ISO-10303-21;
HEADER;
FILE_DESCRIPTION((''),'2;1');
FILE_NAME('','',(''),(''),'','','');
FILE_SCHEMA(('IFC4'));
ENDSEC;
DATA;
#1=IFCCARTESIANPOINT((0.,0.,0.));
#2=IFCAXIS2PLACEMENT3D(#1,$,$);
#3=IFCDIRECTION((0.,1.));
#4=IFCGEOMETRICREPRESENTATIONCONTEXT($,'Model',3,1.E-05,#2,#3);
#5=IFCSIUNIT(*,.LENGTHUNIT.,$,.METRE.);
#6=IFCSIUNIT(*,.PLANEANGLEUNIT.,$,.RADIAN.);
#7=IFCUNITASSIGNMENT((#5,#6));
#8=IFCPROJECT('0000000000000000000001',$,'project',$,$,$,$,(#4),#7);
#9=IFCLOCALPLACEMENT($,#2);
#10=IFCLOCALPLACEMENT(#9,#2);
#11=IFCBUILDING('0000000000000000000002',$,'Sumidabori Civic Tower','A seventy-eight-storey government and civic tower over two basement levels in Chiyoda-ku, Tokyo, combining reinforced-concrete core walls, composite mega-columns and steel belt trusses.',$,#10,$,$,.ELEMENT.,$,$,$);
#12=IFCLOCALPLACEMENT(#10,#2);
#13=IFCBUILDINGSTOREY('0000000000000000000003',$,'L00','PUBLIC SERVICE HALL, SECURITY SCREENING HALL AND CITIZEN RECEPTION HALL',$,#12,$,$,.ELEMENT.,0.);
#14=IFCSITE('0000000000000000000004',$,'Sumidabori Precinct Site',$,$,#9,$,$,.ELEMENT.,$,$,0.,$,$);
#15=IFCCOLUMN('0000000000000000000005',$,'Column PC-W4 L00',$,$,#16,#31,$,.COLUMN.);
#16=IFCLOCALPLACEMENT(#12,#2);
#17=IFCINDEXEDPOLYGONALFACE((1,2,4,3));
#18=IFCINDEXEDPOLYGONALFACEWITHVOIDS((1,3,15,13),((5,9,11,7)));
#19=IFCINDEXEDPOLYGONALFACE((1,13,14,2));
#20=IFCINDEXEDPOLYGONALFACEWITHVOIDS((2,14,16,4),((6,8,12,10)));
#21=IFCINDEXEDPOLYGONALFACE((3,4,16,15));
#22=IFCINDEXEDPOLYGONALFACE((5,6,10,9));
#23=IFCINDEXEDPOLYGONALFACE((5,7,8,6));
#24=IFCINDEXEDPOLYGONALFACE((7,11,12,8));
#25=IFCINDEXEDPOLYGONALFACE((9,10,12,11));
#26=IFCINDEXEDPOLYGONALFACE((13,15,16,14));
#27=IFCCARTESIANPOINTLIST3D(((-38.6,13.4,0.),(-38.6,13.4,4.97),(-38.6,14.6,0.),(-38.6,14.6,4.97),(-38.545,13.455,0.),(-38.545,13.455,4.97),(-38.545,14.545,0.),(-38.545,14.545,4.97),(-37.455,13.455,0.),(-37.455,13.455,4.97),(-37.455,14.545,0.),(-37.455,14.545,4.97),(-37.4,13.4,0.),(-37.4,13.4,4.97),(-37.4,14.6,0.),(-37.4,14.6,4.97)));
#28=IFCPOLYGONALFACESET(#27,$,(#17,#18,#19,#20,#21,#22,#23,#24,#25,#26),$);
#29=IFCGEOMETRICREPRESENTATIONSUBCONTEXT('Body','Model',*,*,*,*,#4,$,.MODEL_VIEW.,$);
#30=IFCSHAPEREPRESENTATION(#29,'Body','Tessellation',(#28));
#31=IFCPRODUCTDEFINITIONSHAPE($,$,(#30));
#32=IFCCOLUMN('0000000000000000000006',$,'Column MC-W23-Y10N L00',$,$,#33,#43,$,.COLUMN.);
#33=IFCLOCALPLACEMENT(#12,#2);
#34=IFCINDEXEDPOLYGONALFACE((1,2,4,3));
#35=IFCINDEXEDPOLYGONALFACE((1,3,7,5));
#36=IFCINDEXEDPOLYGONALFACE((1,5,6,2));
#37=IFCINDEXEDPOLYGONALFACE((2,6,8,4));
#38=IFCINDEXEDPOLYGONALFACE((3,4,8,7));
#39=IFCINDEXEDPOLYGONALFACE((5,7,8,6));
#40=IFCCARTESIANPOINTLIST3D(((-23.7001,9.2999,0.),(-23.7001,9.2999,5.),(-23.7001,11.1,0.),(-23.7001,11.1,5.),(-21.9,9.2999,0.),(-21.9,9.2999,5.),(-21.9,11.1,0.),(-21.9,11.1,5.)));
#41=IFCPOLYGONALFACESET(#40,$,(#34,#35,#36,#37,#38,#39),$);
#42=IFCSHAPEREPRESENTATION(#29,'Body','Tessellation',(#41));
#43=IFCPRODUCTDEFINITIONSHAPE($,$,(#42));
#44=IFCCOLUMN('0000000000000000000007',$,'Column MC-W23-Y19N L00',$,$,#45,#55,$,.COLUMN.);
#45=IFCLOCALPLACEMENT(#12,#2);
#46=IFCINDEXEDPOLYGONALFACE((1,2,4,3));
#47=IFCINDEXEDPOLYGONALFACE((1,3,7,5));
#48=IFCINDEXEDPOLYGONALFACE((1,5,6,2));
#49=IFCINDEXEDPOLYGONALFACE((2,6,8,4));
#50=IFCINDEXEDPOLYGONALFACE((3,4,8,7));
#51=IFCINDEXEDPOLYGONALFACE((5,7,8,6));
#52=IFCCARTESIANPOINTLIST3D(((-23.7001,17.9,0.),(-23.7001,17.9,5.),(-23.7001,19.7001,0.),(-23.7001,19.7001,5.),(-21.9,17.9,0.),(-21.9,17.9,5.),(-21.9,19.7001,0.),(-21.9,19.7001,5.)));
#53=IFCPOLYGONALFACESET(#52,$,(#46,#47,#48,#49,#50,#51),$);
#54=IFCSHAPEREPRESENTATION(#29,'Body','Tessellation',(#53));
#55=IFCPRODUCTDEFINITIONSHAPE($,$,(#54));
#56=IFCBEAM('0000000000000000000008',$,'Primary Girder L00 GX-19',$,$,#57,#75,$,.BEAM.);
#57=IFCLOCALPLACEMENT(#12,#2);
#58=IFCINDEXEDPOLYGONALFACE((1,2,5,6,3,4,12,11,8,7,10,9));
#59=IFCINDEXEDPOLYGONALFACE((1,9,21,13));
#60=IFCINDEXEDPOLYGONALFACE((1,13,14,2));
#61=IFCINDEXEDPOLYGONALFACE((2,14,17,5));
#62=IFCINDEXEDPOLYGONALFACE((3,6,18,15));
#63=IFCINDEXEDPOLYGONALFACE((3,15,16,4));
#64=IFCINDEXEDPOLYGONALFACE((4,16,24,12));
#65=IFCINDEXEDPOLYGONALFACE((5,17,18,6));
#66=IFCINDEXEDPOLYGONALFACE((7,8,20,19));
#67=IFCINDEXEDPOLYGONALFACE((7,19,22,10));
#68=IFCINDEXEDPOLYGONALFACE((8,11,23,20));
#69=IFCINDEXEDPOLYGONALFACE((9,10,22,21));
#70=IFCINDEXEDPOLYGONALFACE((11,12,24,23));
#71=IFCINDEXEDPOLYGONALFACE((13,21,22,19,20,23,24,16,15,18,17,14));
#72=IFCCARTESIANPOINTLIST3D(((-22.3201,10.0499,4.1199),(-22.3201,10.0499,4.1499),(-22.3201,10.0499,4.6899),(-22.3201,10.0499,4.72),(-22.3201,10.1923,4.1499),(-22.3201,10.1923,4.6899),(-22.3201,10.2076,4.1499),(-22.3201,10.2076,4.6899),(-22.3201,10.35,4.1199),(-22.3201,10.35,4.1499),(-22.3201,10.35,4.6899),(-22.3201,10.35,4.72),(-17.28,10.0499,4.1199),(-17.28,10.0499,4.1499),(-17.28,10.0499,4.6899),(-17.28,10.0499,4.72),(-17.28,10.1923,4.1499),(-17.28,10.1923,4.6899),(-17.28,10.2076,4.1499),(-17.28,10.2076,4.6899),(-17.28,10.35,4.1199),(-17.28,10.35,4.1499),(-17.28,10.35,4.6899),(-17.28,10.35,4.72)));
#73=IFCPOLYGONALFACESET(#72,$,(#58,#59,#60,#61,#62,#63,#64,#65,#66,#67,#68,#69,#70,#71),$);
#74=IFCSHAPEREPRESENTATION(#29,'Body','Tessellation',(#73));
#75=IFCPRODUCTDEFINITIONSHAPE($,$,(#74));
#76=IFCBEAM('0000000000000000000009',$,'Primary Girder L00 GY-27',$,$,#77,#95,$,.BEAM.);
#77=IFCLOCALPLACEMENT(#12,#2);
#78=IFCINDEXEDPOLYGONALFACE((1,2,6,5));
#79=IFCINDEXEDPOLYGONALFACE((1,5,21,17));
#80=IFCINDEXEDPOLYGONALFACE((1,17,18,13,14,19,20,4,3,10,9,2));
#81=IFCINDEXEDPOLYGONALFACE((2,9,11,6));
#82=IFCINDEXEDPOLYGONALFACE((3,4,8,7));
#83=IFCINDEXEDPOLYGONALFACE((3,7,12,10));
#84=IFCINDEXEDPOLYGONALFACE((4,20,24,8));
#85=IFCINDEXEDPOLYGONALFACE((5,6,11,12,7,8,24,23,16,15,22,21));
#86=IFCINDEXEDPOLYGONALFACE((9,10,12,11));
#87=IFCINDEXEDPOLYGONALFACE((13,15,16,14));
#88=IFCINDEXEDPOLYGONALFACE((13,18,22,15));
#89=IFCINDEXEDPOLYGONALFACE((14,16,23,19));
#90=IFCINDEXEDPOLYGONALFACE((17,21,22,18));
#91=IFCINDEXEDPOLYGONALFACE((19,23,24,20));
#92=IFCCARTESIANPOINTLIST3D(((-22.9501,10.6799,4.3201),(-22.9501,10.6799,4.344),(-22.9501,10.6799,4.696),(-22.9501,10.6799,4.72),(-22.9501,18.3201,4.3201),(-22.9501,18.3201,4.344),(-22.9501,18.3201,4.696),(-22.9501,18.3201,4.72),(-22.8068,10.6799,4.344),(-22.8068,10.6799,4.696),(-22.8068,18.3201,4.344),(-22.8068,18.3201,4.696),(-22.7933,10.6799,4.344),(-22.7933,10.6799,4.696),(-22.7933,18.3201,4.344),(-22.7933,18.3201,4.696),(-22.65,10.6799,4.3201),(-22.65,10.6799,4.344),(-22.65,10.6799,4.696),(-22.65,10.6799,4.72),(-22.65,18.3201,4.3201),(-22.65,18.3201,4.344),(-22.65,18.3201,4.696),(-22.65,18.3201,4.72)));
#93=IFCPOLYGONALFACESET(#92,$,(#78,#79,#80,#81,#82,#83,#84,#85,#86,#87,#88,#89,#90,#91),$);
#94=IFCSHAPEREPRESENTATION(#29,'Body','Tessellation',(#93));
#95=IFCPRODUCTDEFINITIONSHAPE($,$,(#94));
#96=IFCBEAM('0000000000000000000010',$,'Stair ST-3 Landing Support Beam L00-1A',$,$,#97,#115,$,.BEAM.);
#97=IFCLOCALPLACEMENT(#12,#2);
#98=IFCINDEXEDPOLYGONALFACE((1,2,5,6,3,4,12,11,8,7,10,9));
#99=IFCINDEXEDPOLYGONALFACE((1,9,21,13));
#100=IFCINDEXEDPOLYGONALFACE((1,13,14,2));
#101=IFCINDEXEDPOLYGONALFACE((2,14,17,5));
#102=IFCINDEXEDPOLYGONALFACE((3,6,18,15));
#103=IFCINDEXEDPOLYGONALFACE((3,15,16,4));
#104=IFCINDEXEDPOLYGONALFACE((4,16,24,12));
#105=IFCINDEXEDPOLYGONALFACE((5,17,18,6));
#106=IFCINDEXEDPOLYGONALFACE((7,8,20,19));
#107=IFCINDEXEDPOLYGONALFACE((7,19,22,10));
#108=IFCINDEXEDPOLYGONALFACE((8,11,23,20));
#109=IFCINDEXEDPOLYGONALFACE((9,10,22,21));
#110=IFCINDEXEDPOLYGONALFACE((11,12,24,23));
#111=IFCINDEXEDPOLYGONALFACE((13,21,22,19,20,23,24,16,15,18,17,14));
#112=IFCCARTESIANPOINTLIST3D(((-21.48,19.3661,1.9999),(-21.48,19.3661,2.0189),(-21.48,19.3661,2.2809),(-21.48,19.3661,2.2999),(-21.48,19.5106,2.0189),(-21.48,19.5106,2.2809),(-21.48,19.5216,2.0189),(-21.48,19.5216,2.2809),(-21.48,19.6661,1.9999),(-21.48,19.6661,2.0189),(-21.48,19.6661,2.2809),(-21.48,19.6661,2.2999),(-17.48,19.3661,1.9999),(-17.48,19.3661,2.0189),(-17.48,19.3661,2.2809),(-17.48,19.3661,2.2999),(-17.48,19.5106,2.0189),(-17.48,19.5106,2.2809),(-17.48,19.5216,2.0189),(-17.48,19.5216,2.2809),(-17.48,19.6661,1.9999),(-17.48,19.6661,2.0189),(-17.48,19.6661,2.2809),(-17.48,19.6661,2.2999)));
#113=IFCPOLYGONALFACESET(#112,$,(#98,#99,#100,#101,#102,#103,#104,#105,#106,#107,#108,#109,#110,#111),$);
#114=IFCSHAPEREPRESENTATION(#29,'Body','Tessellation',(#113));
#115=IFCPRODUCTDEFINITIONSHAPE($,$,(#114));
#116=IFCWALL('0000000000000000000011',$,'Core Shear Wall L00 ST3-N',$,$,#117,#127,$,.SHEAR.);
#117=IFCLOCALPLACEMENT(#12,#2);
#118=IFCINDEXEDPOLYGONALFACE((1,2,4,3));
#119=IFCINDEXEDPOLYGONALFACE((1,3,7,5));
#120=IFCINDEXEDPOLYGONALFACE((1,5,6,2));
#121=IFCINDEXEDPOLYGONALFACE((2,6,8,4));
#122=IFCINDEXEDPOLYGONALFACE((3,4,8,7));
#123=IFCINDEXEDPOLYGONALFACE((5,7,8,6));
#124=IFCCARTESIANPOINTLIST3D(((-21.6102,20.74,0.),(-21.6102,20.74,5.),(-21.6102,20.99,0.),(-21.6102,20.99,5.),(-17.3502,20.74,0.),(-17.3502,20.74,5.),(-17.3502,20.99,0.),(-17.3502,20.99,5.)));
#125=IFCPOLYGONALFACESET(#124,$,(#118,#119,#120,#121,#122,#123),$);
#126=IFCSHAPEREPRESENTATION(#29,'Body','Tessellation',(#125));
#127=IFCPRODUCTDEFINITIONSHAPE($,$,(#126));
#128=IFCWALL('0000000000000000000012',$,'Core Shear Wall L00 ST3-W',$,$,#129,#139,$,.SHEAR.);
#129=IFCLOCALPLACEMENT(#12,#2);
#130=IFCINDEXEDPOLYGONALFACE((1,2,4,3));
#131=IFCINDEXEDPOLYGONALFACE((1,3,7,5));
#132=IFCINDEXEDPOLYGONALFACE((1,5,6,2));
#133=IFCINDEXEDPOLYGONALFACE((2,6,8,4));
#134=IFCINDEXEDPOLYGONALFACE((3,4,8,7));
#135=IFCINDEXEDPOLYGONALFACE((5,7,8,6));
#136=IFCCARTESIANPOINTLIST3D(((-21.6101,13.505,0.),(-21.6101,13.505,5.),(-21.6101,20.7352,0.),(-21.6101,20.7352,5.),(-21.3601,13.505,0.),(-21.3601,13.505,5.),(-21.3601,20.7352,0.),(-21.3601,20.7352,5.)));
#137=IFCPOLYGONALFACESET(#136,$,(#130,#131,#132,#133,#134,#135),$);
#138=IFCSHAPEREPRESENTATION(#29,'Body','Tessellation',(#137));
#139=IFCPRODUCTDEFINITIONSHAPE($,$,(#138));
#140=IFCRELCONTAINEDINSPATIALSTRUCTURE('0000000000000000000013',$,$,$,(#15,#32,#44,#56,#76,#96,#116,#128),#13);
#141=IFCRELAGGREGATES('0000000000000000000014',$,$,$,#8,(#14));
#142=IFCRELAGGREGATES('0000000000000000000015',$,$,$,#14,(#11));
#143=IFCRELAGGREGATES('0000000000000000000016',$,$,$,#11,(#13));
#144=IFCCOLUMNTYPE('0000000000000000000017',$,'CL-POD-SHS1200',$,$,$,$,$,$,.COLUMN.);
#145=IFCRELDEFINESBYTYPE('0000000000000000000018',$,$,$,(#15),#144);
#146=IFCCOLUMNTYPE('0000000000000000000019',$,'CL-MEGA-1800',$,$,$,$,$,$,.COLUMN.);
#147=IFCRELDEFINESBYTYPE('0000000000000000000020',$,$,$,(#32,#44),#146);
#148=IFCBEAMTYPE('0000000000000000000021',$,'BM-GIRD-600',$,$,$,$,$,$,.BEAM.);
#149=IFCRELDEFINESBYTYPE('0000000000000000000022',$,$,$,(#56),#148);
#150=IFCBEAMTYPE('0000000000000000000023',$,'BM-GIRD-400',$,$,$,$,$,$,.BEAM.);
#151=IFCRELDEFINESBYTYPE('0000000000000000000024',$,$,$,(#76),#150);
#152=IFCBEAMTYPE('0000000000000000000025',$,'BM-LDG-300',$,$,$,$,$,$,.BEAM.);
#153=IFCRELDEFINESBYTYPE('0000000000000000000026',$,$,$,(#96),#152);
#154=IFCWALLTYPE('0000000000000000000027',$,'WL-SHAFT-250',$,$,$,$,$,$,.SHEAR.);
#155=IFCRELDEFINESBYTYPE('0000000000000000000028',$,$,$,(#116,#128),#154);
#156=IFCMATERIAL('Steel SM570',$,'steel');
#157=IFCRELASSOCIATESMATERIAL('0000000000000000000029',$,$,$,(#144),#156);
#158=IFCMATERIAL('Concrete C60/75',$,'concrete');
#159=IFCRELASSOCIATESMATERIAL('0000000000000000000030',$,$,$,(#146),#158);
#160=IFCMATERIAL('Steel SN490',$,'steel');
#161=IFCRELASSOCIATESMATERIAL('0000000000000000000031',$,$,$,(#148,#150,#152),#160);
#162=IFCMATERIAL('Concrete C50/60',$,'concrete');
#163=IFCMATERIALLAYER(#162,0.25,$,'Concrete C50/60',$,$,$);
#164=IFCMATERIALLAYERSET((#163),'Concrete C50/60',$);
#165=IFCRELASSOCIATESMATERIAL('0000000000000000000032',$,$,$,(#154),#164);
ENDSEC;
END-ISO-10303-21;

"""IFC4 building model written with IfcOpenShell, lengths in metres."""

from ifc_helpers import new_model, si_unit, direction, frame, frame_2d, origin, origin_2d, place, context, subcontext, project, spatial, rectangle, hollow_rectangle, i_section, extrude, source, transform, mapped, material, layer, layer_set, material_profile, profile_set, type_object, element, save


model = new_model("IFC4")

# Units and contexts
model_context = context("Model", 3, precision=1e-05, world=origin(), true_north=direction((0.0, 1.0)))
body_context = subcontext(model_context, "Body", "Model", "MODEL_VIEW")
ifc_project = project(units=[si_unit("LENGTHUNIT", "METRE"), si_unit("PLANEANGLEUNIT", "RADIAN")], contexts=[model_context])

# Site, building, storey
site_placement = place(None, origin())
site = spatial("IfcSite", under=ifc_project, at=site_placement, Name="Sumidabori Precinct Site", CompositionType="ELEMENT", RefElevation=0.0)
building_placement = place(site_placement, origin())
building = spatial("IfcBuilding", under=site, at=building_placement, Name="Sumidabori Civic Tower", Description="A seventy-eight-storey government and civic tower over two basement levels in Chiyoda-ku, Tokyo, combining reinforced-concrete core walls, composite mega-columns and steel belt trusses.", CompositionType="ELEMENT")
storey_placement = place(building_placement, origin())
storey = spatial("IfcBuildingStorey", under=building, at=storey_placement, Name="L00", Description="PUBLIC SERVICE HALL, SECURITY SCREENING HALL AND CITIZEN RECEPTION HALL", CompositionType="ELEMENT", Elevation=0.0)

# Columns
ifc_material_1 = material(Name="Steel SM570", Category="steel")
ifc_material_profile_1 = material_profile(ifc_material_1, hollow_rectangle(XDim=1.2, YDim=1.2, WallThickness=0.0549, at=origin_2d()), Name="SHS 1200x1200x55")
ifc_profile_set_1 = profile_set([ifc_material_profile_1], Name="Steel SM570")
column_type_1 = type_object("IfcColumnType", Name="CL-POD-SHS1200", PredefinedType="COLUMN", material=ifc_profile_set_1)
shared_shape_1 = source(origin(), body_context, "Body", "SweptSolid", [
    extrude(hollow_rectangle(XDim=1.2, YDim=1.2, WallThickness=0.0549, at=origin_2d()), origin(), (0.0, 0.0, 1.0), 4.97),
])
column_placement = place(storey_placement, frame((-38.0, 14.0, 0.0), z_axis=(0.0, 0.0, 1.0), x_axis=(1.0, 0.0, 0.0)))
element("IfcColumn", 1, at=column_placement, inside=storey, type_object=column_type_1, Name="Column PC-W4 L00", PredefinedType="COLUMN", context=body_context, shape_type="MappedRepresentation", body=[
    mapped(shared_shape_1, transform((0.0, 0.0, 0.0), x_axis=(1.0, 0.0, 0.0), y_axis=(0.0, 1.0, 0.0), z_axis=(0.0, 0.0, 1.0), scale=1.0)),
])
ifc_material_2 = material(Name="Concrete C60/75", Category="concrete")
ifc_material_profile_2 = material_profile(ifc_material_2, rectangle(XDim=1.8, YDim=1.8, at=origin_2d()), Name="RC 1800x1800")
ifc_profile_set_2 = profile_set([ifc_material_profile_2], Name="Concrete C60/75")
column_type_2 = type_object("IfcColumnType", Name="CL-MEGA-1800", PredefinedType="COLUMN", material=ifc_profile_set_2)
shared_shape_2 = source(origin(), body_context, "Body", "SweptSolid", [
    extrude(rectangle(XDim=1.8, YDim=1.8, at=origin_2d()), origin(), (0.0, 0.0, 1.0), 5.0),
])
for number, where, z_axis, x_axis, name in (
    (2, (-22.8, 10.2, 0.0), (0.0, 0.0, 1.0), (1.0, 0.0, 0.0), "Column MC-W23-Y10N L00"),
    (3, (-22.8, 18.8, 0.0), (0.0, 0.0, 1.0), (1.0, 0.0, 0.0), "Column MC-W23-Y19N L00"),
):
    element("IfcColumn", number, at=place(storey_placement, frame(where, z_axis=z_axis, x_axis=x_axis)), inside=storey, type_object=column_type_2, Name=name, PredefinedType="COLUMN", context=body_context, shape_type="MappedRepresentation", body=[
        mapped(shared_shape_2, transform((0.0, 0.0, 0.0), x_axis=(1.0, 0.0, 0.0), y_axis=(0.0, 1.0, 0.0), z_axis=(0.0, 0.0, 1.0), scale=1.0)),
    ])

# Beams
ifc_material_3 = material(Name="Steel SN490", Category="steel")
ifc_material_profile_3 = material_profile(ifc_material_3, i_section(OverallWidth=0.3, OverallDepth=0.6001, WebThickness=0.0154, FlangeThickness=0.03, at=origin_2d()), Name="HE 600 B")
ifc_profile_set_3 = profile_set([ifc_material_profile_3], Name="Steel SN490")
beam_type_1 = type_object("IfcBeamType", Name="BM-GIRD-600", PredefinedType="BEAM", material=ifc_profile_set_3)
shared_shape_3 = source(origin(), body_context, "Body", "SweptSolid", [
    extrude(i_section(OverallWidth=0.3, OverallDepth=0.6001, WebThickness=0.0154, FlangeThickness=0.03, at=origin_2d()), origin(), (0.0, 0.0, 1.0), 5.04),
])
beam_1_placement = place(storey_placement, frame((-22.3201, 10.2, 4.4199), z_axis=(1.0, 0.0, 0.0), x_axis=(0.0, 1.0, 0.0)))
element("IfcBeam", 4, at=beam_1_placement, inside=storey, type_object=beam_type_1, Name="Primary Girder L00 GX-19", PredefinedType="BEAM", context=body_context, shape_type="MappedRepresentation", body=[
    mapped(shared_shape_3, transform((0.0, 0.0, 0.0), x_axis=(1.0, 0.0, 0.0), y_axis=(0.0, 1.0, 0.0), z_axis=(0.0, 0.0, 1.0), scale=1.0)),
])
ifc_material_profile_4 = material_profile(ifc_material_3, i_section(OverallWidth=0.3, OverallDepth=0.3999, WebThickness=0.0134, FlangeThickness=0.0239, at=origin_2d()), Name="HE 400 B")
ifc_profile_set_4 = profile_set([ifc_material_profile_4], Name="Steel SN490")
beam_type_2 = type_object("IfcBeamType", Name="BM-GIRD-400", PredefinedType="BEAM", material=ifc_profile_set_4)
shared_shape_4 = source(origin(), body_context, "Body", "SweptSolid", [
    extrude(i_section(OverallWidth=0.3, OverallDepth=0.3999, WebThickness=0.0134, FlangeThickness=0.0239, at=origin_2d()), origin(), (0.0, 0.0, 1.0), 7.6401),
])
beam_2_placement = place(storey_placement, frame((-22.8, 10.6799, 4.52), z_axis=(0.0, 1.0, 0.0), x_axis=(-1.0, 0.0, 0.0)))
element("IfcBeam", 5, at=beam_2_placement, inside=storey, type_object=beam_type_2, Name="Primary Girder L00 GY-27", PredefinedType="BEAM", context=body_context, shape_type="MappedRepresentation", body=[
    mapped(shared_shape_4, transform((0.0, 0.0, 0.0), x_axis=(1.0, 0.0, 0.0), y_axis=(0.0, 1.0, 0.0), z_axis=(0.0, 0.0, 1.0), scale=1.0)),
])
ifc_material_profile_5 = material_profile(ifc_material_3, i_section(OverallWidth=0.3, OverallDepth=0.3, WebThickness=0.011, FlangeThickness=0.019, at=origin_2d()), Name="HE 300 B")
ifc_profile_set_5 = profile_set([ifc_material_profile_5], Name="Steel SN490")
beam_type_3 = type_object("IfcBeamType", Name="BM-LDG-300", PredefinedType="BEAM", material=ifc_profile_set_5)
shared_shape_5 = source(origin(), body_context, "Body", "SweptSolid", [
    extrude(i_section(OverallWidth=0.3, OverallDepth=0.3, WebThickness=0.011, FlangeThickness=0.019, at=origin_2d()), origin(), (0.0, 0.0, 1.0), 4.0),
])
beam_3_placement = place(storey_placement, frame((-21.48, 19.5161, 2.1499), z_axis=(1.0, 0.0, 0.0), x_axis=(0.0, 1.0, 0.0)))
element("IfcBeam", 6, at=beam_3_placement, inside=storey, type_object=beam_type_3, Name="Stair ST-3 Landing Support Beam L00-1A", PredefinedType="BEAM", context=body_context, shape_type="MappedRepresentation", body=[
    mapped(shared_shape_5, transform((0.0, 0.0, 0.0), x_axis=(1.0, 0.0, 0.0), y_axis=(0.0, 1.0, 0.0), z_axis=(0.0, 0.0, 1.0), scale=1.0)),
])

# Wall
ifc_material_4 = material(Name="Concrete C50/60", Category="concrete")
ifc_layer_1 = layer(ifc_material_4, 0.25, Name="Concrete C50/60")
ifc_layer_set_1 = layer_set([ifc_layer_1], Name="Concrete C50/60")
wall_type_1 = type_object("IfcWallType", Name="WL-SHAFT-250", PredefinedType="SHEAR", material=ifc_layer_set_1)
shared_shape_6 = source(origin(), body_context, "Body", "SweptSolid", [
    extrude(rectangle(XDim=4.26, YDim=0.25, at=frame_2d((2.1299, 0.0))), origin(), (0.0, 0.0, 1.0), 5.0),
])
wall_1_placement = place(storey_placement, frame((-21.6101, 20.865, 0.0), z_axis=(0.0, 0.0, 1.0), x_axis=(1.0, 0.0, 0.0)))
element("IfcWall", 7, at=wall_1_placement, inside=storey, type_object=wall_type_1, Name="Core Shear Wall L00 ST3-N", PredefinedType="SHEAR", context=body_context, shape_type="MappedRepresentation", body=[
    mapped(shared_shape_6, transform((0.0, 0.0, 0.0), x_axis=(1.0, 0.0, 0.0), y_axis=(0.0, 1.0, 0.0), z_axis=(0.0, 0.0, 1.0), scale=1.0)),
])

# Wall
shared_shape_7 = source(origin(), body_context, "Body", "SweptSolid", [
    extrude(rectangle(XDim=7.2302, YDim=0.25, at=frame_2d((3.6152, 0.0))), origin(), (0.0, 0.0, 1.0), 5.0),
])
wall_2_placement = place(storey_placement, frame((-21.4851, 13.5049, 0.0), z_axis=(0.0, 0.0, 1.0), x_axis=(0.0, 1.0, 0.0)))
element("IfcWall", 8, at=wall_2_placement, inside=storey, type_object=wall_type_1, Name="Core Shear Wall L00 ST3-W", PredefinedType="SHEAR", context=body_context, shape_type="MappedRepresentation", body=[
    mapped(shared_shape_7, transform((0.0, 0.0, 0.0), x_axis=(1.0, 0.0, 0.0), y_axis=(0.0, 1.0, 0.0), z_axis=(0.0, 0.0, 1.0), scale=1.0)),
])

save(model, "model.ifc")
